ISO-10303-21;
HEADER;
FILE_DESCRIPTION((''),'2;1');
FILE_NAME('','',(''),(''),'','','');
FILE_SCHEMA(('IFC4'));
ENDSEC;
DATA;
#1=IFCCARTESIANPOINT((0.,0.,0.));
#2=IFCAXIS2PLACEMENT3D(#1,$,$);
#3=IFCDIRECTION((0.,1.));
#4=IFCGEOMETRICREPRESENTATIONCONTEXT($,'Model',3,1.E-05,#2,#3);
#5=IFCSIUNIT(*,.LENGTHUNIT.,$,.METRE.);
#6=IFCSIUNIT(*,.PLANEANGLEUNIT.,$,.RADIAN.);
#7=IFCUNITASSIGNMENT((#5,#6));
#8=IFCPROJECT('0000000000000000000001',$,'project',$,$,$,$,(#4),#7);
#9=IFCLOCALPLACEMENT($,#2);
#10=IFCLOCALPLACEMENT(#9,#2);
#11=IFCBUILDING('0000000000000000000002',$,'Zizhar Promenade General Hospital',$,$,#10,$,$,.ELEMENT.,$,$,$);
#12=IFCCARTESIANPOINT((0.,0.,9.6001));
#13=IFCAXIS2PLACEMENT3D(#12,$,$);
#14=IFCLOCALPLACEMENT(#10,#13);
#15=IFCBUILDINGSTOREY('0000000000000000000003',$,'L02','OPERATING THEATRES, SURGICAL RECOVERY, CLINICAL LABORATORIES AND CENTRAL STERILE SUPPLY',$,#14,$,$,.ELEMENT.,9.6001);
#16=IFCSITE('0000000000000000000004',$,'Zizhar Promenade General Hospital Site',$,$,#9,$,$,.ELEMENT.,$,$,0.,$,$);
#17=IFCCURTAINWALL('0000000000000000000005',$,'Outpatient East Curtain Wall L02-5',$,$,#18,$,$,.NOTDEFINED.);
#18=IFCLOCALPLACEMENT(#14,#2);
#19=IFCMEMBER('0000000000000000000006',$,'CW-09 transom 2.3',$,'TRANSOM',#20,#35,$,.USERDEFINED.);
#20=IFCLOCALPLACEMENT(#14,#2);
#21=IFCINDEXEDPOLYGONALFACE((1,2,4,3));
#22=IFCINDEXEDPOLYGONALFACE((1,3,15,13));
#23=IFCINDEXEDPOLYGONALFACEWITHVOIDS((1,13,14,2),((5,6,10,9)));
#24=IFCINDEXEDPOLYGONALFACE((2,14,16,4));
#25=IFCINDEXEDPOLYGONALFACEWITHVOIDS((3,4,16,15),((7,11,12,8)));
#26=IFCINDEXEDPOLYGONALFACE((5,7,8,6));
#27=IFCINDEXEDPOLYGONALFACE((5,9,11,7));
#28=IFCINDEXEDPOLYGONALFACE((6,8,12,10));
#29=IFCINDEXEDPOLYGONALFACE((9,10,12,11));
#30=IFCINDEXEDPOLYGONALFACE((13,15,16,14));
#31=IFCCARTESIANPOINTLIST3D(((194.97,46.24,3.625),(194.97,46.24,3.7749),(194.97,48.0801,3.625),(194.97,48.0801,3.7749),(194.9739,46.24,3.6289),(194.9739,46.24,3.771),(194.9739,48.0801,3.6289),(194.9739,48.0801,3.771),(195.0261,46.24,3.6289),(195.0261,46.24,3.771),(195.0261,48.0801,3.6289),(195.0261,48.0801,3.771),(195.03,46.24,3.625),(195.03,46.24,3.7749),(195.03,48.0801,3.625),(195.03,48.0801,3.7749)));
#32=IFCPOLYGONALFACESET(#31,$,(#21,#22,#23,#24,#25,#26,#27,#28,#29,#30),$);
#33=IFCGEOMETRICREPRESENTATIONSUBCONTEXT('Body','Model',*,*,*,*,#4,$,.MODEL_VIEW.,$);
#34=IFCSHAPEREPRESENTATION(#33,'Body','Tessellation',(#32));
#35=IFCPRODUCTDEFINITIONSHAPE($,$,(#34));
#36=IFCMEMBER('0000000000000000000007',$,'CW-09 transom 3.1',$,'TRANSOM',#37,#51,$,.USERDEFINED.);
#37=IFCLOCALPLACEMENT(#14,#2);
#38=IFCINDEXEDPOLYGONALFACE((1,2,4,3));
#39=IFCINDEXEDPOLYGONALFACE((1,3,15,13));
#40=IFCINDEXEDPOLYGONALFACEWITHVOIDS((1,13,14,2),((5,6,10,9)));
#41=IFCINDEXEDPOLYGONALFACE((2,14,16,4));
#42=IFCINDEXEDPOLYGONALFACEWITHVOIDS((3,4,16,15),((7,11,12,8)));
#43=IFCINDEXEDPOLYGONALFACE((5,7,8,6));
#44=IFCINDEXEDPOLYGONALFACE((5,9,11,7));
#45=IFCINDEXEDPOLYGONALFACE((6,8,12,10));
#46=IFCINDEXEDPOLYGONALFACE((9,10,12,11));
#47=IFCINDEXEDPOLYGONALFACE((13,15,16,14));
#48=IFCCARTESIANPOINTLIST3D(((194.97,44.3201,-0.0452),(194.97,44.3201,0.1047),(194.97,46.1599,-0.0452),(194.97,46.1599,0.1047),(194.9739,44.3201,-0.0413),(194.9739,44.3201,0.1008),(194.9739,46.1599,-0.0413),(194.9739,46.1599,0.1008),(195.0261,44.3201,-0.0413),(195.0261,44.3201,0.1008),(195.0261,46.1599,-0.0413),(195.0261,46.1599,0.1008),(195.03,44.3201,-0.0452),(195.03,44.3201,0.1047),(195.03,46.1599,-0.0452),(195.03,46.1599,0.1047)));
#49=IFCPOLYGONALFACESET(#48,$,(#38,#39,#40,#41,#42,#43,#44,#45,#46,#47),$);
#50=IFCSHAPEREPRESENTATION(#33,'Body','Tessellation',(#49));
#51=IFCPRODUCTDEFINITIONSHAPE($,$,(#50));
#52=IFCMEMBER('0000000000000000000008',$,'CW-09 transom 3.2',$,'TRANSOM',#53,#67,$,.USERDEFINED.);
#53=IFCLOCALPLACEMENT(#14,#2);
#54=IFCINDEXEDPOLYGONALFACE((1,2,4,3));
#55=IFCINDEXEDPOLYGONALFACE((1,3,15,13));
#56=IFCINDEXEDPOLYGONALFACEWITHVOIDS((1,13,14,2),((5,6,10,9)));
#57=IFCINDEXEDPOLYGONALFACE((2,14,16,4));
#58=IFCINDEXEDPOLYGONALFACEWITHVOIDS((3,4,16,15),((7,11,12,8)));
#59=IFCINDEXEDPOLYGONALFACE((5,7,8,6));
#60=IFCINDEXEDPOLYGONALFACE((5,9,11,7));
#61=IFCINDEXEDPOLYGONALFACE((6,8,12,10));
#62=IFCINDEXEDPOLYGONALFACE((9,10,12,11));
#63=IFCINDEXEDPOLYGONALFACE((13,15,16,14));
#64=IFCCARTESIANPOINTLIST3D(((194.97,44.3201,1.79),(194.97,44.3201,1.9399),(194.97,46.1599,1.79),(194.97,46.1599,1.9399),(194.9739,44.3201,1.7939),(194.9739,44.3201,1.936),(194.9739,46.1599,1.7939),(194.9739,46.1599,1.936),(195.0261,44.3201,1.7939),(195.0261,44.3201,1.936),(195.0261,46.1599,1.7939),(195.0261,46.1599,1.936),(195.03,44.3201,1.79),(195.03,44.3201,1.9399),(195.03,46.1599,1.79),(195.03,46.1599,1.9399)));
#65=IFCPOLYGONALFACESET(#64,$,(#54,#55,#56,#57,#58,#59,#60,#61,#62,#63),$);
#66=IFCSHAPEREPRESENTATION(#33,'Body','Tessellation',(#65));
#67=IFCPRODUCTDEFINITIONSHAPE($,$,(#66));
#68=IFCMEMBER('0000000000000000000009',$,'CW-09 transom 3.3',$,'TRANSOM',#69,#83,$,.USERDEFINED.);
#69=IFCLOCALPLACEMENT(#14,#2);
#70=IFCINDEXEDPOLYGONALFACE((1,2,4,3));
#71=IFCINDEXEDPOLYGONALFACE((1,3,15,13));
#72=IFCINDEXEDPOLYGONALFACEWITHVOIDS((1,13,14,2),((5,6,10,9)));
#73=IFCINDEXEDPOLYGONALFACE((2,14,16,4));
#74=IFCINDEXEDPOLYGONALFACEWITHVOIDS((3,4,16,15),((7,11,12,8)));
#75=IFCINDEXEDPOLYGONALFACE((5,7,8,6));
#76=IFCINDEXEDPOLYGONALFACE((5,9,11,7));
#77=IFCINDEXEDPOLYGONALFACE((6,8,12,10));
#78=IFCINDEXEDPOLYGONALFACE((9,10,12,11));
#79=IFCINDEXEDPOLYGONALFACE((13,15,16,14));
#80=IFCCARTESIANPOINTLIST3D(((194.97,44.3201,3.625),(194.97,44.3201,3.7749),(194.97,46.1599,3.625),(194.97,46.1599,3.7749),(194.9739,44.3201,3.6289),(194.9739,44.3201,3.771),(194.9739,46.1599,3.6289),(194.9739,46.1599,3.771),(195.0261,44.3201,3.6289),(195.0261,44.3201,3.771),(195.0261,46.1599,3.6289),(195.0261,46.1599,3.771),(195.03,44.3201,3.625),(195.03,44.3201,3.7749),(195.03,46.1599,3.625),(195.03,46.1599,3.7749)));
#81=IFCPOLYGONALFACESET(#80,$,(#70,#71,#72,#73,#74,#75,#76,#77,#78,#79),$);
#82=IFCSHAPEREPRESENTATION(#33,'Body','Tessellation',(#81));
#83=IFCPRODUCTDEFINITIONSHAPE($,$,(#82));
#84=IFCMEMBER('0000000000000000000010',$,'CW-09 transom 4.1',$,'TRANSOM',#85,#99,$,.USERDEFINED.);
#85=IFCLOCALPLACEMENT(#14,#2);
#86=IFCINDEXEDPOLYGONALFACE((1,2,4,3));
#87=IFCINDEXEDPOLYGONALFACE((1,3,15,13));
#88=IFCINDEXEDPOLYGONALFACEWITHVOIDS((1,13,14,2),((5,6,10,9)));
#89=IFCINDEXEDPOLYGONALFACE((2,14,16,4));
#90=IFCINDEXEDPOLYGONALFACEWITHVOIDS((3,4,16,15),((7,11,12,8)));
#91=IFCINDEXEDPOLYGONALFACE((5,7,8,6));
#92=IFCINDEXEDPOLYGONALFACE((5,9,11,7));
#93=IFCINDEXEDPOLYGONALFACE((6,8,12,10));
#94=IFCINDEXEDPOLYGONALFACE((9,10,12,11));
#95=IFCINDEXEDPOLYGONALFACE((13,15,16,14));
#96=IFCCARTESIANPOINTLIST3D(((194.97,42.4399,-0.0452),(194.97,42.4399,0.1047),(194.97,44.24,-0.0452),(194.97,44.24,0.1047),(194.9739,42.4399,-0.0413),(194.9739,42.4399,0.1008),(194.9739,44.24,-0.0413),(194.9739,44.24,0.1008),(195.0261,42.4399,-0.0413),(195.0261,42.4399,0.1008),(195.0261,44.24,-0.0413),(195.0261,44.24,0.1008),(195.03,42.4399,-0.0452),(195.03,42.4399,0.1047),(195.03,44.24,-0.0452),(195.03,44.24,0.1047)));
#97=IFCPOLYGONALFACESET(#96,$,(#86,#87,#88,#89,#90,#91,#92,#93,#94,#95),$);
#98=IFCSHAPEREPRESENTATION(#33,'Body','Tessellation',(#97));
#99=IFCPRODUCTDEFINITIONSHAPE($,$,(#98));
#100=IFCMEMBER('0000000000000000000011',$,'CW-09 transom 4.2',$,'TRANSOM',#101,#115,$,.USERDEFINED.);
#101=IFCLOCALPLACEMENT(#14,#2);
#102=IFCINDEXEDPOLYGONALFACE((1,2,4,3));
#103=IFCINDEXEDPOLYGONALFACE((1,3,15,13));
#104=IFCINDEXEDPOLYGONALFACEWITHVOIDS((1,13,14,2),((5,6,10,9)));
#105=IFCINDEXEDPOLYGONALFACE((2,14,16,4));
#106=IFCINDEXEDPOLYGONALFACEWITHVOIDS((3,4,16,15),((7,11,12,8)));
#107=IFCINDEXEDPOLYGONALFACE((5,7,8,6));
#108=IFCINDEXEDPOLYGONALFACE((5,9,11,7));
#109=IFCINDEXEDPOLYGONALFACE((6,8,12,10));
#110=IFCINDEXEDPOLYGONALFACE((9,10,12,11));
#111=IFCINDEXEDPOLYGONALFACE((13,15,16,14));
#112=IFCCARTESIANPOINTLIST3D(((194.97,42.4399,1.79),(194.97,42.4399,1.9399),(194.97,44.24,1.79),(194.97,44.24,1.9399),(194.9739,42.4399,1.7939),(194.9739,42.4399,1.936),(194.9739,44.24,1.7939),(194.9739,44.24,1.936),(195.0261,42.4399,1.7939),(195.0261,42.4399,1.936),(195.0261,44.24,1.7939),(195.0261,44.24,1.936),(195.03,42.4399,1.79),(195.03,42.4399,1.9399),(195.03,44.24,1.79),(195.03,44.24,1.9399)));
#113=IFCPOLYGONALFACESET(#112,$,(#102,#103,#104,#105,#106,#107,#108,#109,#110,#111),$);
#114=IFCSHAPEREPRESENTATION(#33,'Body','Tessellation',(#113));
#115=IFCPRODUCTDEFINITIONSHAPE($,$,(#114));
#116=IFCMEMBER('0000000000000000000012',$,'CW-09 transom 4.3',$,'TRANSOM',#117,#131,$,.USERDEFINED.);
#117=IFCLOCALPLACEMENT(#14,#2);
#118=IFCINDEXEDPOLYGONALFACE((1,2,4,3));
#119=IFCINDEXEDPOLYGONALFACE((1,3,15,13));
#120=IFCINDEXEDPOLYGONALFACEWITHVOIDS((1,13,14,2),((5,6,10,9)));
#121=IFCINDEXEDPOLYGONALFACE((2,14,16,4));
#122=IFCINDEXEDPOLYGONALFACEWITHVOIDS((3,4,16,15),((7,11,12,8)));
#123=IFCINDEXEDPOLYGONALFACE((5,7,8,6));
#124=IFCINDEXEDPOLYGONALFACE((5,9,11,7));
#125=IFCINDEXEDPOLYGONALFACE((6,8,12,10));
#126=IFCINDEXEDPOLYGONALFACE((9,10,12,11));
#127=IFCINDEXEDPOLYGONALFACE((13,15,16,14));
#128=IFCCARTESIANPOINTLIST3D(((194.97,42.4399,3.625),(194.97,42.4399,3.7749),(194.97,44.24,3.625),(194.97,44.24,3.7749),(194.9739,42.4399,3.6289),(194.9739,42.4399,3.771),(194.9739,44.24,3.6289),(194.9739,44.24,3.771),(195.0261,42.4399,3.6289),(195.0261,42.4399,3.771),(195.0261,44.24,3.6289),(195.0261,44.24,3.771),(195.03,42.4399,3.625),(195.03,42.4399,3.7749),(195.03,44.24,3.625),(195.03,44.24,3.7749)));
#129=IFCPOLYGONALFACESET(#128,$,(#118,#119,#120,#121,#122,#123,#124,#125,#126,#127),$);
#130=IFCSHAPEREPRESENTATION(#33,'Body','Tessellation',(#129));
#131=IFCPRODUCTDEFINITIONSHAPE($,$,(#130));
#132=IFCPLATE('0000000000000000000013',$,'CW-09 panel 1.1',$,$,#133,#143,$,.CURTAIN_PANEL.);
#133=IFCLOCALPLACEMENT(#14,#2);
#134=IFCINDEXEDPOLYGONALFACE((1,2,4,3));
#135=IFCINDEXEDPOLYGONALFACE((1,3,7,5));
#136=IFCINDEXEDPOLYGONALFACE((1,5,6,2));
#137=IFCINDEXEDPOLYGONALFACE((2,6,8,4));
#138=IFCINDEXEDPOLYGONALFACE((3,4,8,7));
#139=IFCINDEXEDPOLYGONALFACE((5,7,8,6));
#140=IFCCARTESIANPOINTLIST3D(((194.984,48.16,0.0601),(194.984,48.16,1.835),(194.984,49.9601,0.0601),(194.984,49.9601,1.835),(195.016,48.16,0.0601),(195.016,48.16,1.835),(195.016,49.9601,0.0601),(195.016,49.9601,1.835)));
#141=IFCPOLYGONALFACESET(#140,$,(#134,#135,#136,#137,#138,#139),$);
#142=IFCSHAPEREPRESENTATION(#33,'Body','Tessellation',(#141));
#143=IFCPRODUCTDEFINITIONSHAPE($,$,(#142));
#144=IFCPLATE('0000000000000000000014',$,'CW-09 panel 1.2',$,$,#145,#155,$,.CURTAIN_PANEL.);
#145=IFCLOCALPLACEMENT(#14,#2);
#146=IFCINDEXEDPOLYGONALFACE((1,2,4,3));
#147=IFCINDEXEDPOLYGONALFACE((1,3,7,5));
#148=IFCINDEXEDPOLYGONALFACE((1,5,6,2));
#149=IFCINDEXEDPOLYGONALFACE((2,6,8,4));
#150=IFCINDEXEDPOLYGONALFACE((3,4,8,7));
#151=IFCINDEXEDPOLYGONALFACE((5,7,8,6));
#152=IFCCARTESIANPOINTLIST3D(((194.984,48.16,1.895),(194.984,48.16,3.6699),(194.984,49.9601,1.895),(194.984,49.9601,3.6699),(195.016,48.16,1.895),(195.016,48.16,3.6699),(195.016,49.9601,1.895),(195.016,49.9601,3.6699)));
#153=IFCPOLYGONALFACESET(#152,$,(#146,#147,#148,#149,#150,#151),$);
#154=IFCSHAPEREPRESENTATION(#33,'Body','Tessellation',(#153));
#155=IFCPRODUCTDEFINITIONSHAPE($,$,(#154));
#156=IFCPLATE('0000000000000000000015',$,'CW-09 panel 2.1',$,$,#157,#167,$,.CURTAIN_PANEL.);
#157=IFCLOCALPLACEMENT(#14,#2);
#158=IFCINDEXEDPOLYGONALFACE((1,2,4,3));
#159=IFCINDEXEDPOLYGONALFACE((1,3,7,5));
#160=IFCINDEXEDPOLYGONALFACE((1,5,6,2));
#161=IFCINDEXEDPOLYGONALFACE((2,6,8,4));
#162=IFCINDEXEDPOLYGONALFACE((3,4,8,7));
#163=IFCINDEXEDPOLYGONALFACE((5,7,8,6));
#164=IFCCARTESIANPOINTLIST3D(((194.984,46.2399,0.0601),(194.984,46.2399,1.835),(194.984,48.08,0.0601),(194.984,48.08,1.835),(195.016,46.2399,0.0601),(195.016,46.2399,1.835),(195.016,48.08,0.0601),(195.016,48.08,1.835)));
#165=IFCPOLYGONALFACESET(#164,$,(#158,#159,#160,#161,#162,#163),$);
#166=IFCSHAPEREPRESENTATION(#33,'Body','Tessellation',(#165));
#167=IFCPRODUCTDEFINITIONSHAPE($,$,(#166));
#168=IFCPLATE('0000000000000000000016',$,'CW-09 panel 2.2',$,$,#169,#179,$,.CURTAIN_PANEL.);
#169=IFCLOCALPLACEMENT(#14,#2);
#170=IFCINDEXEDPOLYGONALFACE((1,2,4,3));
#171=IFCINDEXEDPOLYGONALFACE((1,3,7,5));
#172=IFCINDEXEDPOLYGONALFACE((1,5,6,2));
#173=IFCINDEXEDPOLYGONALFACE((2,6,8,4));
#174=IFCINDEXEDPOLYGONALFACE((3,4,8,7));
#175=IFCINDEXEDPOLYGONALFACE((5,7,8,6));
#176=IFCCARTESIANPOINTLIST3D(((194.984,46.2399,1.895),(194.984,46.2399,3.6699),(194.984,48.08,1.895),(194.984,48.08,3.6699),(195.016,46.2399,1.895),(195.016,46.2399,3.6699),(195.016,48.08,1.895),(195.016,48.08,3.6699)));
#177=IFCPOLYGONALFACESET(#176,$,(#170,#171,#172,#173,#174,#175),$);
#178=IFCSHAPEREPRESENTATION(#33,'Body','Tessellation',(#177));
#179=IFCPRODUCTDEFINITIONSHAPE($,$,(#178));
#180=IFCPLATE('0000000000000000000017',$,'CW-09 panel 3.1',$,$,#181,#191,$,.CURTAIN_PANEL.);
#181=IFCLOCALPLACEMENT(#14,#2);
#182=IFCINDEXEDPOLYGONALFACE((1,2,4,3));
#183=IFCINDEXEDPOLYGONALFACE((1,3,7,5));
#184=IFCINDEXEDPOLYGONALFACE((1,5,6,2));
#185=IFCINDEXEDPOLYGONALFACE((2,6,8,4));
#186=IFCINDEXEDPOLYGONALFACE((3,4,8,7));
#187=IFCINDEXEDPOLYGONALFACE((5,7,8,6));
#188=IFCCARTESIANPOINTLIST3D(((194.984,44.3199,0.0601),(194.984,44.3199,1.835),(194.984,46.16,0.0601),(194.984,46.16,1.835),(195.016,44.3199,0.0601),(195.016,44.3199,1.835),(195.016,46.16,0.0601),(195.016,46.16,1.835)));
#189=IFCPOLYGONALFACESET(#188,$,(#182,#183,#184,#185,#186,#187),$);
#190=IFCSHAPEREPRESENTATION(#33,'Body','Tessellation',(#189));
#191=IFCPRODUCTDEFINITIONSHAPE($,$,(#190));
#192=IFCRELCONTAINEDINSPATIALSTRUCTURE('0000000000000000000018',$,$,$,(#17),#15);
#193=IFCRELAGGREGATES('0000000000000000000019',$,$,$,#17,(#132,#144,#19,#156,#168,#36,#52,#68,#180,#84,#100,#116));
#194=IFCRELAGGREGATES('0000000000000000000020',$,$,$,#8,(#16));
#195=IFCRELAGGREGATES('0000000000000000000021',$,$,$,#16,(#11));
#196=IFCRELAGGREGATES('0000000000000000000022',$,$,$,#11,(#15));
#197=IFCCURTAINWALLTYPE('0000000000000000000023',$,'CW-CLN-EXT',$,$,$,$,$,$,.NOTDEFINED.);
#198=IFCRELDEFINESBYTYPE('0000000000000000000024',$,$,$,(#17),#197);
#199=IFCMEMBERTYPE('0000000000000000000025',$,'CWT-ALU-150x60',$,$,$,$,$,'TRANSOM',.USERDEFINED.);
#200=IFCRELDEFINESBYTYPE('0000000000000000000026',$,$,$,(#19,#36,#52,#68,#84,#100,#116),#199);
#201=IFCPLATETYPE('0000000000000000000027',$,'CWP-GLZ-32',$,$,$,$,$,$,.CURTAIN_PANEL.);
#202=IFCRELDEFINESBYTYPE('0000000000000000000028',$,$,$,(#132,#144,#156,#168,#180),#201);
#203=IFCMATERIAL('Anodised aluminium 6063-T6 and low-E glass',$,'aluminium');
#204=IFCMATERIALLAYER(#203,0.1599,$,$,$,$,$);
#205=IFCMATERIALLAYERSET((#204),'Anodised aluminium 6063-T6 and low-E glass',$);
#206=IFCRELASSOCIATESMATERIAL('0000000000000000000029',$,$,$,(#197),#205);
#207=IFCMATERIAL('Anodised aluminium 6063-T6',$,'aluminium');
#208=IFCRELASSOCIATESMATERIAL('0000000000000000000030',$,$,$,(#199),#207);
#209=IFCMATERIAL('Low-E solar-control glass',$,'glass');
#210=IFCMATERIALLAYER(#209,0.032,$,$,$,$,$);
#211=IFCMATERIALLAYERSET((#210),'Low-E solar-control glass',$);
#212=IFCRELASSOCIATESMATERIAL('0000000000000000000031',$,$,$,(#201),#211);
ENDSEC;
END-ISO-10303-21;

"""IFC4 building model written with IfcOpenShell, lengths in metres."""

from ifc_helpers import new_model, si_unit, direction, frame, origin, origin_2d, place, context, subcontext, project, spatial, rectangle, hollow_rectangle, extrude, material, layer, layer_set, material_profile, profile_set, type_object, element, aggregate, save


model = new_model("IFC4")

# Units and contexts
model_context = context("Model", 3, precision=1e-05, world=origin(), true_north=direction((0.0, 1.0)))
body_context = subcontext(model_context, "Body", "Model", "MODEL_VIEW")
ifc_project = project(units=[si_unit("LENGTHUNIT", "METRE"), si_unit("PLANEANGLEUNIT", "RADIAN")], contexts=[model_context])

# Site, building, storey
site_placement = place(None, origin())
site = spatial("IfcSite", under=ifc_project, at=site_placement, Name="Zizhar Promenade General Hospital Site", CompositionType="ELEMENT", RefElevation=0.0)
building_placement = place(site_placement, origin())
building = spatial("IfcBuilding", under=site, at=building_placement, Name="Zizhar Promenade General Hospital", CompositionType="ELEMENT")
storey_placement = place(building_placement, frame((0.0, 0.0, 9.6001)))
storey = spatial("IfcBuildingStorey", under=building, at=storey_placement, Name="L02", Description="OPERATING THEATRES, SURGICAL RECOVERY, CLINICAL LABORATORIES AND CENTRAL STERILE SUPPLY", CompositionType="ELEMENT", Elevation=9.6001)

# Curtain wall, members, plates
ifc_material_1 = material(Name="Anodised aluminium 6063-T6 and low-E glass", Category="aluminium")
ifc_layer_1 = layer(ifc_material_1, 0.1599)
ifc_layer_set_1 = layer_set([ifc_layer_1], Name="Anodised aluminium 6063-T6 and low-E glass")
curtain_wall_type = type_object("IfcCurtainWallType", Name="CW-CLN-EXT", PredefinedType="NOTDEFINED", material=ifc_layer_set_1)
curtain_wall_placement = place(storey_placement, origin())
curtain_wall = element("IfcCurtainWall", 1, at=curtain_wall_placement, inside=storey, type_object=curtain_wall_type, Name="Outpatient East Curtain Wall L02-5", PredefinedType="NOTDEFINED")
ifc_material_2 = material(Name="Anodised aluminium 6063-T6", Category="aluminium")
ifc_material_profile_1 = material_profile(ifc_material_2, hollow_rectangle(XDim=0.0601, YDim=0.1499, WallThickness=0.0039, at=origin_2d()))
ifc_profile_set_1 = profile_set([ifc_material_profile_1], Name="Anodised aluminium 6063-T6")
member_type_1 = type_object("IfcMemberType", Name="CWT-ALU-150x60", ElementType="TRANSOM", PredefinedType="USERDEFINED", material=ifc_profile_set_1)
member_1_placement = place(storey_placement, frame((195.0, 48.0801, 3.7), z_axis=(0.0, -1.0, 0.0), x_axis=(1.0, 0.0, 0.0)))
member_1 = element("IfcMember", 2, at=member_1_placement, type_object=member_type_1, Name="CW-09 transom 2.3", ObjectType="TRANSOM", PredefinedType="USERDEFINED", context=body_context, shape_type="SweptSolid", body=[
    extrude(hollow_rectangle(XDim=0.0601, YDim=0.1499, WallThickness=0.0039, at=origin_2d()), origin(), (0.0, 0.0, 1.0), 1.8401),
])
member_2_placement = place(storey_placement, frame((195.0, 46.1599, 0.0298), z_axis=(0.0, -1.0, 0.0), x_axis=(1.0, 0.0, 0.0)))
member_2 = element("IfcMember", 3, at=member_2_placement, type_object=member_type_1, Name="CW-09 transom 3.1", ObjectType="TRANSOM", PredefinedType="USERDEFINED", context=body_context, shape_type="SweptSolid", body=[
    extrude(hollow_rectangle(XDim=0.0601, YDim=0.1499, WallThickness=0.0039, at=origin_2d()), origin(), (0.0, 0.0, 1.0), 1.8398),
])
member_3_placement = place(storey_placement, frame((195.0, 46.1599, 1.865), z_axis=(0.0, -1.0, 0.0), x_axis=(1.0, 0.0, 0.0)))
member_3 = element("IfcMember", 4, at=member_3_placement, type_object=member_type_1, Name="CW-09 transom 3.2", ObjectType="TRANSOM", PredefinedType="USERDEFINED", context=body_context, shape_type="SweptSolid", body=[
    extrude(hollow_rectangle(XDim=0.0601, YDim=0.1499, WallThickness=0.0039, at=origin_2d()), origin(), (0.0, 0.0, 1.0), 1.8398),
])
member_4_placement = place(storey_placement, frame((195.0, 46.1599, 3.7), z_axis=(0.0, -1.0, 0.0), x_axis=(1.0, 0.0, 0.0)))
member_4 = element("IfcMember", 5, at=member_4_placement, type_object=member_type_1, Name="CW-09 transom 3.3", ObjectType="TRANSOM", PredefinedType="USERDEFINED", context=body_context, shape_type="SweptSolid", body=[
    extrude(hollow_rectangle(XDim=0.0601, YDim=0.1499, WallThickness=0.0039, at=origin_2d()), origin(), (0.0, 0.0, 1.0), 1.8398),
])
member_5_placement = place(storey_placement, frame((195.0, 44.24, 0.0298), z_axis=(0.0, -1.0, 0.0), x_axis=(1.0, 0.0, 0.0)))
member_5 = element("IfcMember", 6, at=member_5_placement, type_object=member_type_1, Name="CW-09 transom 4.1", ObjectType="TRANSOM", PredefinedType="USERDEFINED", context=body_context, shape_type="SweptSolid", body=[
    extrude(hollow_rectangle(XDim=0.0601, YDim=0.1499, WallThickness=0.0039, at=origin_2d()), origin(), (0.0, 0.0, 1.0), 1.8),
])
member_6_placement = place(storey_placement, frame((195.0, 44.24, 1.865), z_axis=(0.0, -1.0, 0.0), x_axis=(1.0, 0.0, 0.0)))
member_6 = element("IfcMember", 7, at=member_6_placement, type_object=member_type_1, Name="CW-09 transom 4.2", ObjectType="TRANSOM", PredefinedType="USERDEFINED", context=body_context, shape_type="SweptSolid", body=[
    extrude(hollow_rectangle(XDim=0.0601, YDim=0.1499, WallThickness=0.0039, at=origin_2d()), origin(), (0.0, 0.0, 1.0), 1.8),
])
member_7_placement = place(storey_placement, frame((195.0, 44.24, 3.7), z_axis=(0.0, -1.0, 0.0), x_axis=(1.0, 0.0, 0.0)))
member_7 = element("IfcMember", 8, at=member_7_placement, type_object=member_type_1, Name="CW-09 transom 4.3", ObjectType="TRANSOM", PredefinedType="USERDEFINED", context=body_context, shape_type="SweptSolid", body=[
    extrude(hollow_rectangle(XDim=0.0601, YDim=0.1499, WallThickness=0.0039, at=origin_2d()), origin(), (0.0, 0.0, 1.0), 1.8),
])
ifc_material_3 = material(Name="Low-E solar-control glass", Category="glass")
ifc_layer_2 = layer(ifc_material_3, 0.032)
ifc_layer_set_2 = layer_set([ifc_layer_2], Name="Low-E solar-control glass")
plate_type = type_object("IfcPlateType", Name="CWP-GLZ-32", PredefinedType="CURTAIN_PANEL", material=ifc_layer_set_2)
plate_1_placement = place(storey_placement, frame((195.0, 49.0601, 0.0601), z_axis=(0.0, 0.0, 1.0), x_axis=(0.0, -1.0, 0.0)))
plate_1 = element("IfcPlate", 9, at=plate_1_placement, type_object=plate_type, Name="CW-09 panel 1.1", PredefinedType="CURTAIN_PANEL", context=body_context, shape_type="SweptSolid", body=[
    extrude(rectangle(XDim=1.8, YDim=0.032, at=origin_2d()), origin(), (0.0, 0.0, 1.0), 1.7749),
])
plate_2_placement = place(storey_placement, frame((195.0, 49.0601, 1.895), z_axis=(0.0, 0.0, 1.0), x_axis=(0.0, -1.0, 0.0)))
plate_2 = element("IfcPlate", 10, at=plate_2_placement, type_object=plate_type, Name="CW-09 panel 1.2", PredefinedType="CURTAIN_PANEL", context=body_context, shape_type="SweptSolid", body=[
    extrude(rectangle(XDim=1.8, YDim=0.032, at=origin_2d()), origin(), (0.0, 0.0, 1.0), 1.7749),
])
plate_3_placement = place(storey_placement, frame((195.0, 47.1599, 0.0601), z_axis=(0.0, 0.0, 1.0), x_axis=(0.0, -1.0, 0.0)))
plate_3 = element("IfcPlate", 11, at=plate_3_placement, type_object=plate_type, Name="CW-09 panel 2.1", PredefinedType="CURTAIN_PANEL", context=body_context, shape_type="SweptSolid", body=[
    extrude(rectangle(XDim=1.8401, YDim=0.032, at=origin_2d()), origin(), (0.0, 0.0, 1.0), 1.7749),
])
plate_4_placement = place(storey_placement, frame((195.0, 47.1599, 1.895), z_axis=(0.0, 0.0, 1.0), x_axis=(0.0, -1.0, 0.0)))
plate_4 = element("IfcPlate", 12, at=plate_4_placement, type_object=plate_type, Name="CW-09 panel 2.2", PredefinedType="CURTAIN_PANEL", context=body_context, shape_type="SweptSolid", body=[
    extrude(rectangle(XDim=1.8401, YDim=0.032, at=origin_2d()), origin(), (0.0, 0.0, 1.0), 1.7749),
])
plate_5_placement = place(storey_placement, frame((195.0, 45.24, 0.0601), z_axis=(0.0, 0.0, 1.0), x_axis=(0.0, -1.0, 0.0)))
plate_5 = element("IfcPlate", 13, at=plate_5_placement, type_object=plate_type, Name="CW-09 panel 3.1", PredefinedType="CURTAIN_PANEL", context=body_context, shape_type="SweptSolid", body=[
    extrude(rectangle(XDim=1.8401, YDim=0.032, at=origin_2d()), origin(), (0.0, 0.0, 1.0), 1.7749),
])
aggregate(curtain_wall, [plate_1, plate_2, member_1, plate_3, plate_4, member_2, member_3, member_4, plate_5, member_5, member_6, member_7])

save(model, "model.ifc")
